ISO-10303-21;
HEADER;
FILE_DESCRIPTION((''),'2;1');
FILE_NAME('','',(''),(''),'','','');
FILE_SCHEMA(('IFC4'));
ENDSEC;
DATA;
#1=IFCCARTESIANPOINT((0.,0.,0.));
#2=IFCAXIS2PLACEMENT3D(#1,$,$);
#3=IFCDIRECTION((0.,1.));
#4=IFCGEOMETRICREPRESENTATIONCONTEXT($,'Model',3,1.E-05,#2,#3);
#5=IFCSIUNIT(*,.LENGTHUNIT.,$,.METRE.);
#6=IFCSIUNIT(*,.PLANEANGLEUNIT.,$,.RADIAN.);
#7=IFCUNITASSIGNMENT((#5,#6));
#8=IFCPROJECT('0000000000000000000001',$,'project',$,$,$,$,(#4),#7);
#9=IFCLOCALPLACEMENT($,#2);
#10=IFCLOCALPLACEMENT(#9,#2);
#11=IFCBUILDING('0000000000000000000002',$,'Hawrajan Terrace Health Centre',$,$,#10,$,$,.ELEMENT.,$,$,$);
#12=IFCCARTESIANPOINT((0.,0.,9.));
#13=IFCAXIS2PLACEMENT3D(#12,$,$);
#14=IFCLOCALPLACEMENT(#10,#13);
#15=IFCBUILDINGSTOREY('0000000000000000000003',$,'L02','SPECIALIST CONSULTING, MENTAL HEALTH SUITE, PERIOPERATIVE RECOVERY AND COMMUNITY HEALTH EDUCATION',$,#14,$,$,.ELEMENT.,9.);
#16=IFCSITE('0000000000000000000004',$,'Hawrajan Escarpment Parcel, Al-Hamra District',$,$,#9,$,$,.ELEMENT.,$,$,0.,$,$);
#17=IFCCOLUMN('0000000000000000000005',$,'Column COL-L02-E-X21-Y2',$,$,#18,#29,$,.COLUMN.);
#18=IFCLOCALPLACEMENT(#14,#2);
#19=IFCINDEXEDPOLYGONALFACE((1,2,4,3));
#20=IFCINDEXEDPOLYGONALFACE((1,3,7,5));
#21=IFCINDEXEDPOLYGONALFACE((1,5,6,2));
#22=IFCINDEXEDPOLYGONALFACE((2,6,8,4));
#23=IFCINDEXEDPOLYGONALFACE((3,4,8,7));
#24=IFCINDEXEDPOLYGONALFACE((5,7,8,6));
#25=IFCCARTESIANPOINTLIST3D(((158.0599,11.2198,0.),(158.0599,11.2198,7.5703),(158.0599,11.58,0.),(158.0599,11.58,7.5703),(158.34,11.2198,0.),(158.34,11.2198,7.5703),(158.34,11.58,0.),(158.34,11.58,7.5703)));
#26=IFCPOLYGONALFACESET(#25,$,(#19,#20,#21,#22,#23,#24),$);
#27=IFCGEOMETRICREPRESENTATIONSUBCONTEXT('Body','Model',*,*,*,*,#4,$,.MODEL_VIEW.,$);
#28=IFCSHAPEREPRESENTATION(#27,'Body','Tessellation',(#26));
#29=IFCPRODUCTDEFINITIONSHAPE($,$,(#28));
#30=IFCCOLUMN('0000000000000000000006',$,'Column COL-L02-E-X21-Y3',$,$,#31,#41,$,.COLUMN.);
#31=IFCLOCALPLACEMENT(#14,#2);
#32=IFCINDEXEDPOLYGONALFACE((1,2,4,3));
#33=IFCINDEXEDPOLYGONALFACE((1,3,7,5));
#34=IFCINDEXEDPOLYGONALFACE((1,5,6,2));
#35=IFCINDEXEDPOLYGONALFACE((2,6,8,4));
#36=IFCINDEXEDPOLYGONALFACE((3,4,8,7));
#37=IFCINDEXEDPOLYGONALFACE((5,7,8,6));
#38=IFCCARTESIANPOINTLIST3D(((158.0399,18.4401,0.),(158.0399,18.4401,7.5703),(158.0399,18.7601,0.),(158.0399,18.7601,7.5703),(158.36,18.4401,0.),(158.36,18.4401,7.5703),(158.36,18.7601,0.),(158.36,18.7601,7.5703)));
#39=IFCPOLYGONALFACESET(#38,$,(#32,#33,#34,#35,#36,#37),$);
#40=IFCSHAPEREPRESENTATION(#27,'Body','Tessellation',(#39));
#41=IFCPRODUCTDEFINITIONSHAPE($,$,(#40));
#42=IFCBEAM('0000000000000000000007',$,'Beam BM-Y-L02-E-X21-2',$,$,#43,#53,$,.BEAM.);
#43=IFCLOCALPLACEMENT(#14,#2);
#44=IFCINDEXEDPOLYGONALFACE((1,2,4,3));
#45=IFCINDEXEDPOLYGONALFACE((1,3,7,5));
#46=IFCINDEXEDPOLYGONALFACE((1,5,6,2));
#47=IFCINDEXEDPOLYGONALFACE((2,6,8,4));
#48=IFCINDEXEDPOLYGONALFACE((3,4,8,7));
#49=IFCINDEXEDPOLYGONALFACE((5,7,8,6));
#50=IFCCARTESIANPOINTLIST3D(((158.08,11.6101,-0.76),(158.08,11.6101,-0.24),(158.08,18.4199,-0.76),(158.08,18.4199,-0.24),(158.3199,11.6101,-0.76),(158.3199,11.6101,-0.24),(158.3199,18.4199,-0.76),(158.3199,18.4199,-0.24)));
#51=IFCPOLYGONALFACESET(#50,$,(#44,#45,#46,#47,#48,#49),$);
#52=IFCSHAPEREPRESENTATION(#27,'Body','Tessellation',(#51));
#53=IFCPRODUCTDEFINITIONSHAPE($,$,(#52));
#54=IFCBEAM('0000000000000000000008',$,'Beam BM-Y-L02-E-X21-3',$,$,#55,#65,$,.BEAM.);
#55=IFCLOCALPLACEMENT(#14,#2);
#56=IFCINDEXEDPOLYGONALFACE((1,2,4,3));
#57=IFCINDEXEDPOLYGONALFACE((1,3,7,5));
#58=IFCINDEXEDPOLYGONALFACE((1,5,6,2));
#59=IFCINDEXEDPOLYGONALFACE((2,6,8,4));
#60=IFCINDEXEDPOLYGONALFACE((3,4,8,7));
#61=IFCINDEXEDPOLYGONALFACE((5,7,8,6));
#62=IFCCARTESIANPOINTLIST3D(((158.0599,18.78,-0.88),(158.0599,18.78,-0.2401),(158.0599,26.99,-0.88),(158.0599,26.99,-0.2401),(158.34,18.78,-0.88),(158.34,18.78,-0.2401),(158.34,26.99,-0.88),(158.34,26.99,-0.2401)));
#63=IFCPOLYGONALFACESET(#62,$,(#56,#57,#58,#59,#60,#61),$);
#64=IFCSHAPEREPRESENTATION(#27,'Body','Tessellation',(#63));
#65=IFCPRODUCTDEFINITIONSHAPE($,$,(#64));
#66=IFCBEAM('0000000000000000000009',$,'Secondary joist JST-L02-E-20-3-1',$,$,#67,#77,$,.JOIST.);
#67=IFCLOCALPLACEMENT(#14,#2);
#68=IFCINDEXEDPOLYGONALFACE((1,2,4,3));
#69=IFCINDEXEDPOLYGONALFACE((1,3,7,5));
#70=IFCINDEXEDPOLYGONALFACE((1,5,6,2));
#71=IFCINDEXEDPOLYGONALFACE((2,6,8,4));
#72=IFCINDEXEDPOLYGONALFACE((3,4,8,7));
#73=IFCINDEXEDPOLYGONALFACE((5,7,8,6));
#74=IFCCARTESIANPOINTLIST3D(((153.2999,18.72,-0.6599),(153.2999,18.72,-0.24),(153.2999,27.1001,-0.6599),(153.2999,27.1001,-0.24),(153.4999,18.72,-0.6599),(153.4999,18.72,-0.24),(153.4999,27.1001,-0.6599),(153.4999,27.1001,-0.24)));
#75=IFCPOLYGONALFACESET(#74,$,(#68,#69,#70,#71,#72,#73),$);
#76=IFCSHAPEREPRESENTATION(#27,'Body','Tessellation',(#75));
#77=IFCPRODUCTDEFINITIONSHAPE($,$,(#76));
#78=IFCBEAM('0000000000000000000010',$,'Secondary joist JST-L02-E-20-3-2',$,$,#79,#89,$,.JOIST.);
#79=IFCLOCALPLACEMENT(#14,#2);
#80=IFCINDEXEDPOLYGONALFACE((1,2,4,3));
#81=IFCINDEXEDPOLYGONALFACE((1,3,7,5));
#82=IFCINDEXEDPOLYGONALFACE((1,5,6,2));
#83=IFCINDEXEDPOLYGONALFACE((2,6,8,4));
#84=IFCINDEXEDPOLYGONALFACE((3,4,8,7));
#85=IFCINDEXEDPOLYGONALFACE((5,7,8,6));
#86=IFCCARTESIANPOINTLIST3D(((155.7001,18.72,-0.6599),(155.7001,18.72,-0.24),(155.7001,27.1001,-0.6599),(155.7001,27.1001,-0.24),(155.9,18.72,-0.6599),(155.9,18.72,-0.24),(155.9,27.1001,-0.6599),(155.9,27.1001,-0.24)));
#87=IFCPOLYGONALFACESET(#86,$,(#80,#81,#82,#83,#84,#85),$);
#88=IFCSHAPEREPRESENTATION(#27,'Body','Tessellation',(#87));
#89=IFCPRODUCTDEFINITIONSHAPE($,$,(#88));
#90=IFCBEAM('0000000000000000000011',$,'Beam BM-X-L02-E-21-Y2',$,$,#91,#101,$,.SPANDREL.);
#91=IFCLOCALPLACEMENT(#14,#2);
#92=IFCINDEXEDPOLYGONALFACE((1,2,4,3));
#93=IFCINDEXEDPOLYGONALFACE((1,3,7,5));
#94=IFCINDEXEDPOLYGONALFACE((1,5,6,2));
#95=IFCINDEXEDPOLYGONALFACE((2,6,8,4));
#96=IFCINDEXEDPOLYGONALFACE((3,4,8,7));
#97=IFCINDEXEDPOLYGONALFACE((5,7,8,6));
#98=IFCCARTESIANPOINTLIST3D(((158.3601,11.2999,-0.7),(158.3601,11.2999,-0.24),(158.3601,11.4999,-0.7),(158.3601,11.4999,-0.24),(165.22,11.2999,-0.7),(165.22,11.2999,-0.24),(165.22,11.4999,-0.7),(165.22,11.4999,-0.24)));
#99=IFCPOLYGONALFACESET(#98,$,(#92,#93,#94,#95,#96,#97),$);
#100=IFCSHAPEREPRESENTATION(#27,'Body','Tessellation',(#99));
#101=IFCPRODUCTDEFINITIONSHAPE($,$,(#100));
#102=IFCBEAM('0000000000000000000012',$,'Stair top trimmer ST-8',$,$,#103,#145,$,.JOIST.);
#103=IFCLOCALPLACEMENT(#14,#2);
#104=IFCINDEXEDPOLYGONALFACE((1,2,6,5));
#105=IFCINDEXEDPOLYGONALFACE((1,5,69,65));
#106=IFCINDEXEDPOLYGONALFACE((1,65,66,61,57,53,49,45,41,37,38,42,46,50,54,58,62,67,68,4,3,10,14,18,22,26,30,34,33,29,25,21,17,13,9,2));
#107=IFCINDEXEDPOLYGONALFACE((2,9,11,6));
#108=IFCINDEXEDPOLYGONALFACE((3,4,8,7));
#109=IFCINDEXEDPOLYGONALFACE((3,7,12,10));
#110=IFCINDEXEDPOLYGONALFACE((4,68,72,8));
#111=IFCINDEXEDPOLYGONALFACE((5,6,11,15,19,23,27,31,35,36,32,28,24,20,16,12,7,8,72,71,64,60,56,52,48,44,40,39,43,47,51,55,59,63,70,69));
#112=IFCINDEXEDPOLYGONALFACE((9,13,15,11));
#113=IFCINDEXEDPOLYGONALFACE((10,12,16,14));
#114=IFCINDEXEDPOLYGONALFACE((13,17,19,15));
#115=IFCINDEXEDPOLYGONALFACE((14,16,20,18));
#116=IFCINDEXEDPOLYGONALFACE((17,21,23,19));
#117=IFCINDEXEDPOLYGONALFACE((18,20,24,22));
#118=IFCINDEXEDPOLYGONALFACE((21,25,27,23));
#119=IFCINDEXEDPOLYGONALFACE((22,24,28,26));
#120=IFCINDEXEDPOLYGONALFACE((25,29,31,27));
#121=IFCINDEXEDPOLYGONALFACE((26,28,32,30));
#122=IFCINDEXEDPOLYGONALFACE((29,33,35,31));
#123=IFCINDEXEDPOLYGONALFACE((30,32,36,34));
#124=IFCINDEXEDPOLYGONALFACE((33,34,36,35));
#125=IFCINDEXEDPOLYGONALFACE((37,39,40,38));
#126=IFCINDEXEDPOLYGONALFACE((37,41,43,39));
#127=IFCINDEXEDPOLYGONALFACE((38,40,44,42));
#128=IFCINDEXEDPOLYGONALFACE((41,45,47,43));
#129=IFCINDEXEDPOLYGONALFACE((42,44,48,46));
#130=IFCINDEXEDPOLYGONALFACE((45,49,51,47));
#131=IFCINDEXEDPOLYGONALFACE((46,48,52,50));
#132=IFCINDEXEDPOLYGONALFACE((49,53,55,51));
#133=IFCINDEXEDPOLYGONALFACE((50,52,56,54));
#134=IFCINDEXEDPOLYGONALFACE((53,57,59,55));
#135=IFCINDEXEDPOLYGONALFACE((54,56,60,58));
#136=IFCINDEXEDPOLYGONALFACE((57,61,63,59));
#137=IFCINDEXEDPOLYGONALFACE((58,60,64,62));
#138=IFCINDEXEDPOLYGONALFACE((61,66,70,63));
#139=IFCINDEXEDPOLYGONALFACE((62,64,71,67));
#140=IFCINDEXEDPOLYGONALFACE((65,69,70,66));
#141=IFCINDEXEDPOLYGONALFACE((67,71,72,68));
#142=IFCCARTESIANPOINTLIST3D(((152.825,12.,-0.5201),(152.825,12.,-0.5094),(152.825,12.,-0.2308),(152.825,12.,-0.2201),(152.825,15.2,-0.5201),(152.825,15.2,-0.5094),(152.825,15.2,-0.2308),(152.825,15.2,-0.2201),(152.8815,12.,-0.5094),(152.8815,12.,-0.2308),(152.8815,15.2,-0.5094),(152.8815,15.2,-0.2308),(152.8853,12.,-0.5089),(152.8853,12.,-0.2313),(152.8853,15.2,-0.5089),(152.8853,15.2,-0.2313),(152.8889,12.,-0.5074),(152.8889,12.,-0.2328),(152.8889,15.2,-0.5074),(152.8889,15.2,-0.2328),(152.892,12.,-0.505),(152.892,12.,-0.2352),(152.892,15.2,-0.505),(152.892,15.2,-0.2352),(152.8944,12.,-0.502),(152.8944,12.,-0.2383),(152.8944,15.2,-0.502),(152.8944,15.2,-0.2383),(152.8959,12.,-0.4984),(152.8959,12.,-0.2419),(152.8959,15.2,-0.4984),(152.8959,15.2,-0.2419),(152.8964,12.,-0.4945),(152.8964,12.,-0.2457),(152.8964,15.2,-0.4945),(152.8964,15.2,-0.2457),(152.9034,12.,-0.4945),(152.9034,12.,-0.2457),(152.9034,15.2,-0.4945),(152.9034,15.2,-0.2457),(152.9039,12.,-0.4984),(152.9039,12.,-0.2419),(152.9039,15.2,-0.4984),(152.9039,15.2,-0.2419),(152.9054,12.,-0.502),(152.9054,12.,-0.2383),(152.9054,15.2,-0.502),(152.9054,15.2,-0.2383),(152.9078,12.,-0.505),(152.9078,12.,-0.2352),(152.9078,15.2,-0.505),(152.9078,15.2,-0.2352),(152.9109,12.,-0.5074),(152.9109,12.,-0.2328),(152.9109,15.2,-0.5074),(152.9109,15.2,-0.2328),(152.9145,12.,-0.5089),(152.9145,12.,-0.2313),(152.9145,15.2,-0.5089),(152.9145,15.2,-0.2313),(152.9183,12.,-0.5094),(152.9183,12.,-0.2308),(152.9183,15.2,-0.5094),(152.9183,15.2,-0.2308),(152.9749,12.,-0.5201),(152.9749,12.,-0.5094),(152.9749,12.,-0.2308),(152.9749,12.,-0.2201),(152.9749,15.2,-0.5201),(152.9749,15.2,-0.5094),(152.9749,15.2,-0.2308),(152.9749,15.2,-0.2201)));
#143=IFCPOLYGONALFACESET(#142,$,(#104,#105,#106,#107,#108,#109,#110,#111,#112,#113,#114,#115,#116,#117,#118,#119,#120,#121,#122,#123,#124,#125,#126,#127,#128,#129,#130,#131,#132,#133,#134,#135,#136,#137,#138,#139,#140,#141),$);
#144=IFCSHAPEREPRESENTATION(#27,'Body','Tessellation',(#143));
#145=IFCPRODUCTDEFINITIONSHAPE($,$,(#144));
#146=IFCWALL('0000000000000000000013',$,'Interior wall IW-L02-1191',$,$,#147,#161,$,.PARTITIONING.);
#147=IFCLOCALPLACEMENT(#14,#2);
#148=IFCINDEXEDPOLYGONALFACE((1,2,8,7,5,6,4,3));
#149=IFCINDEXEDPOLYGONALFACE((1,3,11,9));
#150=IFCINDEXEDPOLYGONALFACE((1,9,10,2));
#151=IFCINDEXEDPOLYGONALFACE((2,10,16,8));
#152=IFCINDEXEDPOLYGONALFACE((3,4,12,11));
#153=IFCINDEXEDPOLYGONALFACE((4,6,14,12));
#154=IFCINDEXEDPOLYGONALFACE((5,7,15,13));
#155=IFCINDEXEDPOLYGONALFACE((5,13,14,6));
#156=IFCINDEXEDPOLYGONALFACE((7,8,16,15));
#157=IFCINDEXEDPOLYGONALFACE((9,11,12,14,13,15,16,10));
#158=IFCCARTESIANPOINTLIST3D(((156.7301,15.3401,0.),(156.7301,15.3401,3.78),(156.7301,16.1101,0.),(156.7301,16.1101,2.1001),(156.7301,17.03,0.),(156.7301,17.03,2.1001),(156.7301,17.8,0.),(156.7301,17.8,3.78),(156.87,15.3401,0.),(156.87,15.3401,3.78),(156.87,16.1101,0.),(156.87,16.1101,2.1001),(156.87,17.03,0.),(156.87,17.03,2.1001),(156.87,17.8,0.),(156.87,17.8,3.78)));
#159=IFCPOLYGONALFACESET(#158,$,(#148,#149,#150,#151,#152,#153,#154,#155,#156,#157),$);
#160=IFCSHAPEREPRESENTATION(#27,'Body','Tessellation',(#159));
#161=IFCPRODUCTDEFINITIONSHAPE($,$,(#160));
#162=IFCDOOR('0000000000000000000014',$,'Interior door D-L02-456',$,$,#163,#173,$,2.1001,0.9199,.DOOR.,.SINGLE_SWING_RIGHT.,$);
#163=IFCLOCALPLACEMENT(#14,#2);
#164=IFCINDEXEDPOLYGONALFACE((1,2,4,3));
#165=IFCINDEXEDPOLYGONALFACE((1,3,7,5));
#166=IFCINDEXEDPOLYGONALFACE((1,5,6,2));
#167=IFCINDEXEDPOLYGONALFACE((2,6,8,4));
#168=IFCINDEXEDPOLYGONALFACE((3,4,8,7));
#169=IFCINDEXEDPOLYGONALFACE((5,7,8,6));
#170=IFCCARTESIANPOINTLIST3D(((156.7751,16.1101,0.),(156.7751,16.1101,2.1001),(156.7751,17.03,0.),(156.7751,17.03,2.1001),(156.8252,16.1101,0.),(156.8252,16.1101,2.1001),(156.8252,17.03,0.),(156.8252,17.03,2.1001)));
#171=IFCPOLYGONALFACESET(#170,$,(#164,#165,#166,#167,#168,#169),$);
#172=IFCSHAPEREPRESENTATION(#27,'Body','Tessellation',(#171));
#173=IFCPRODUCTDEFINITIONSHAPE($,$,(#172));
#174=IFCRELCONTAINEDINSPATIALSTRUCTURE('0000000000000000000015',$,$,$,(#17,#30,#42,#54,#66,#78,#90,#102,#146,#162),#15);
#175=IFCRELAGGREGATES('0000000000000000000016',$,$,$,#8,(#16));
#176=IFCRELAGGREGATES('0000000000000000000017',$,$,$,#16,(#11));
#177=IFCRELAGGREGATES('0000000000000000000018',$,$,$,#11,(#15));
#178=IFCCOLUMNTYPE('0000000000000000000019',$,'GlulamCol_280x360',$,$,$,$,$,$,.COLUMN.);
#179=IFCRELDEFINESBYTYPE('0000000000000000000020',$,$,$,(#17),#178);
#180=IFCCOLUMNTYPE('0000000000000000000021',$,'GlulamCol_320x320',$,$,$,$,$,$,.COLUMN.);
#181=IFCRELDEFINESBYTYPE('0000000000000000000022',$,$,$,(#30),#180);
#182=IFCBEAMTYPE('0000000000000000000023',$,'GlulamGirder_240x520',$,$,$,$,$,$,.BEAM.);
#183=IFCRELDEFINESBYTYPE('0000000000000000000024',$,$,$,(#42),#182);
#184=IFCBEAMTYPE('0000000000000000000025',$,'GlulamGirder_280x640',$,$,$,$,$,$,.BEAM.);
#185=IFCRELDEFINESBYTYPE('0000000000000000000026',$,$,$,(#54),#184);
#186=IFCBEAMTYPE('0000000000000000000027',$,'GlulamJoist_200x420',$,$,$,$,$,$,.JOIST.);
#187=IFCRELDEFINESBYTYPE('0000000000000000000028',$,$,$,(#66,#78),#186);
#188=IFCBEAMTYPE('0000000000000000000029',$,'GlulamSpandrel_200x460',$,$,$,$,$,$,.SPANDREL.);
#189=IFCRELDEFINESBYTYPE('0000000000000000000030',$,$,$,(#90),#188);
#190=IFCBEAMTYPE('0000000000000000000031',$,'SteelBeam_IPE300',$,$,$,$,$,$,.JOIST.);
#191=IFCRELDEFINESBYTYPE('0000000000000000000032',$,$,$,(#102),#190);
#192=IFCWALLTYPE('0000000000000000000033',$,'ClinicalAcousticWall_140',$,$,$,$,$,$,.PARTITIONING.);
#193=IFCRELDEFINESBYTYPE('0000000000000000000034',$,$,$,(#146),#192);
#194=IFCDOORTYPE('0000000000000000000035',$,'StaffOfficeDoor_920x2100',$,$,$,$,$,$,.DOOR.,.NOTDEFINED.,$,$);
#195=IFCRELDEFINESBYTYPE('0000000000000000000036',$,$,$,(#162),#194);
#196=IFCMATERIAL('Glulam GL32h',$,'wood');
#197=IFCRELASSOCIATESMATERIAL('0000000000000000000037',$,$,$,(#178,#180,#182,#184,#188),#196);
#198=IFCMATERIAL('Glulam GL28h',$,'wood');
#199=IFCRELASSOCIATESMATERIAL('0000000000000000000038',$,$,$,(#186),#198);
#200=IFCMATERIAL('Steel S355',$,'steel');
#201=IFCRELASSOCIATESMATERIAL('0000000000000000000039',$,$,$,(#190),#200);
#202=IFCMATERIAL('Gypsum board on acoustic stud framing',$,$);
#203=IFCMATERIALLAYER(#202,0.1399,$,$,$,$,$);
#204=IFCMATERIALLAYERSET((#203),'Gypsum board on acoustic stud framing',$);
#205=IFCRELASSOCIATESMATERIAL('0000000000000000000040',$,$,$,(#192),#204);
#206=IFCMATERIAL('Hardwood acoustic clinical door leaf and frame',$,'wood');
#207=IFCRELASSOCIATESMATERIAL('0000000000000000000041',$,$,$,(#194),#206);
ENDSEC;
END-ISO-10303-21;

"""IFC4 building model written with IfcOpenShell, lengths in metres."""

from ifc_helpers import new_model, si_unit, direction, frame, frame_2d, origin, origin_2d, place, context, subcontext, project, spatial, rectangle, i_section, extrude, material, layer, layer_set, material_profile, profile_set, type_object, element, fill, save


model = new_model("IFC4")

# Units and contexts
model_context = context("Model", 3, precision=1e-05, world=origin(), true_north=direction((0.0, 1.0)))
body_context = subcontext(model_context, "Body", "Model", "MODEL_VIEW")
ifc_project = project(units=[si_unit("LENGTHUNIT", "METRE"), si_unit("PLANEANGLEUNIT", "RADIAN")], contexts=[model_context])

# Site, building, storey
site_placement = place(None, origin())
site = spatial("IfcSite", under=ifc_project, at=site_placement, Name="Hawrajan Escarpment Parcel, Al-Hamra District", CompositionType="ELEMENT", RefElevation=0.0)
building_placement = place(site_placement, origin())
building = spatial("IfcBuilding", under=site, at=building_placement, Name="Hawrajan Terrace Health Centre", CompositionType="ELEMENT")
storey_placement = place(building_placement, frame((0.0, 0.0, 9.0)))
storey = spatial("IfcBuildingStorey", under=building, at=storey_placement, Name="L02", Description="SPECIALIST CONSULTING, MENTAL HEALTH SUITE, PERIOPERATIVE RECOVERY AND COMMUNITY HEALTH EDUCATION", CompositionType="ELEMENT", Elevation=9.0)

# Columns
ifc_material_1 = material(Name="Glulam GL32h", Category="wood")
ifc_material_profile_1 = material_profile(ifc_material_1, rectangle(XDim=0.28, YDim=0.3601, at=origin_2d()), Name="GL 280x360")
ifc_profile_set_1 = profile_set([ifc_material_profile_1], Name="Glulam GL32h")
column_type_1 = type_object("IfcColumnType", Name="GlulamCol_280x360", PredefinedType="COLUMN", material=ifc_profile_set_1)
column_1_placement = place(storey_placement, frame((158.2, 11.3999, 0.0), z_axis=(0.0, 0.0, 1.0), x_axis=(1.0, 0.0, 0.0)))
element("IfcColumn", 1, at=column_1_placement, inside=storey, type_object=column_type_1, Name="Column COL-L02-E-X21-Y2", PredefinedType="COLUMN", context=body_context, shape_type="SweptSolid", body=[
    extrude(rectangle(XDim=0.28, YDim=0.3601, at=origin_2d()), origin(), (0.0, 0.0, 1.0), 7.5703),
])
ifc_material_profile_2 = material_profile(ifc_material_1, rectangle(XDim=0.3201, YDim=0.3201, at=origin_2d()), Name="GL 320x320")
ifc_profile_set_2 = profile_set([ifc_material_profile_2], Name="Glulam GL32h")
column_type_2 = type_object("IfcColumnType", Name="GlulamCol_320x320", PredefinedType="COLUMN", material=ifc_profile_set_2)
column_2_placement = place(storey_placement, frame((158.2, 18.6001, 0.0), z_axis=(0.0, 0.0, 1.0), x_axis=(1.0, 0.0, 0.0)))
element("IfcColumn", 2, at=column_2_placement, inside=storey, type_object=column_type_2, Name="Column COL-L02-E-X21-Y3", PredefinedType="COLUMN", context=body_context, shape_type="SweptSolid", body=[
    extrude(rectangle(XDim=0.3201, YDim=0.3201, at=origin_2d()), origin(), (0.0, 0.0, 1.0), 7.5703),
])

# Beams
ifc_material_profile_3 = material_profile(ifc_material_1, rectangle(XDim=0.24, YDim=0.52, at=origin_2d()), Name="GL BM 240x520")
ifc_profile_set_3 = profile_set([ifc_material_profile_3], Name="Glulam GL32h")
beam_type_1 = type_object("IfcBeamType", Name="GlulamGirder_240x520", PredefinedType="BEAM", material=ifc_profile_set_3)
beam_1_placement = place(storey_placement, frame((158.2, 11.6101, -0.5), z_axis=(0.0, 1.0, 0.0), x_axis=(-1.0, 0.0, 0.0)))
element("IfcBeam", 3, at=beam_1_placement, inside=storey, type_object=beam_type_1, Name="Beam BM-Y-L02-E-X21-2", PredefinedType="BEAM", context=body_context, shape_type="SweptSolid", body=[
    extrude(rectangle(XDim=0.24, YDim=0.52, at=origin_2d()), origin(), (0.0, 0.0, 1.0), 6.8098),
])
ifc_material_profile_4 = material_profile(ifc_material_1, rectangle(XDim=0.28, YDim=0.6399, at=origin_2d()), Name="GL BM 280x640")
ifc_profile_set_4 = profile_set([ifc_material_profile_4], Name="Glulam GL32h")
beam_type_2 = type_object("IfcBeamType", Name="GlulamGirder_280x640", PredefinedType="BEAM", material=ifc_profile_set_4)
beam_2_placement = place(storey_placement, frame((158.2, 18.78, -0.5601), z_axis=(0.0, 1.0, 0.0), x_axis=(-1.0, 0.0, 0.0)))
element("IfcBeam", 4, at=beam_2_placement, inside=storey, type_object=beam_type_2, Name="Beam BM-Y-L02-E-X21-3", PredefinedType="BEAM", context=body_context, shape_type="SweptSolid", body=[
    extrude(rectangle(XDim=0.28, YDim=0.6399, at=origin_2d()), origin(), (0.0, 0.0, 1.0), 8.21),
])
ifc_material_2 = material(Name="Glulam GL28h", Category="wood")
ifc_material_profile_5 = material_profile(ifc_material_2, rectangle(XDim=0.2, YDim=0.4199, at=origin_2d()), Name="GL JST 200x420")
ifc_profile_set_5 = profile_set([ifc_material_profile_5], Name="Glulam GL28h")
beam_type_3 = type_object("IfcBeamType", Name="GlulamJoist_200x420", PredefinedType="JOIST", material=ifc_profile_set_5)
for number, where, z_axis, x_axis, name in (
    (5, (153.3999, 18.72, -0.45), (0.0, 1.0, 0.0), (-1.0, 0.0, 0.0), "Secondary joist JST-L02-E-20-3-1"),
    (6, (155.8, 18.72, -0.45), (0.0, 1.0, 0.0), (-1.0, 0.0, 0.0), "Secondary joist JST-L02-E-20-3-2"),
):
    element("IfcBeam", number, at=place(storey_placement, frame(where, z_axis=z_axis, x_axis=x_axis)), inside=storey, type_object=beam_type_3, Name=name, PredefinedType="JOIST", context=body_context, shape_type="SweptSolid", body=[
        extrude(rectangle(XDim=0.2, YDim=0.4199, at=origin_2d()), origin(), (0.0, 0.0, 1.0), 8.3801),
    ])
ifc_material_profile_6 = material_profile(ifc_material_1, rectangle(XDim=0.2, YDim=0.46, at=origin_2d()), Name="GL SP 200x460")
ifc_profile_set_6 = profile_set([ifc_material_profile_6], Name="Glulam GL32h")
beam_type_4 = type_object("IfcBeamType", Name="GlulamSpandrel_200x460", PredefinedType="SPANDREL", material=ifc_profile_set_6)
beam_3_placement = place(storey_placement, frame((158.3601, 11.3999, -0.47), z_axis=(1.0, 0.0, 0.0), x_axis=(0.0, 1.0, 0.0)))
element("IfcBeam", 7, at=beam_3_placement, inside=storey, type_object=beam_type_4, Name="Beam BM-X-L02-E-21-Y2", PredefinedType="SPANDREL", context=body_context, shape_type="SweptSolid", body=[
    extrude(rectangle(XDim=0.2, YDim=0.46, at=origin_2d()), origin(), (0.0, 0.0, 1.0), 6.8599),
])
ifc_material_3 = material(Name="Steel S355", Category="steel")
ifc_material_profile_7 = material_profile(ifc_material_3, i_section(OverallWidth=0.1499, OverallDepth=0.3, WebThickness=0.0071, FlangeThickness=0.0107, FilletRadius=0.0149, at=origin_2d()), Name="IPE 300")
ifc_profile_set_7 = profile_set([ifc_material_profile_7], Name="Steel S355")
beam_type_5 = type_object("IfcBeamType", Name="SteelBeam_IPE300", PredefinedType="JOIST", material=ifc_profile_set_7)
beam_4_placement = place(storey_placement, frame((152.8999, 12.0, -0.3701), z_axis=(0.0, 1.0, 0.0), x_axis=(-1.0, 0.0, 0.0)))
element("IfcBeam", 8, at=beam_4_placement, inside=storey, type_object=beam_type_5, Name="Stair top trimmer ST-8", PredefinedType="JOIST", context=body_context, shape_type="SweptSolid", body=[
    extrude(i_section(OverallWidth=0.1499, OverallDepth=0.3, WebThickness=0.0071, FlangeThickness=0.0107, FilletRadius=0.0149, at=origin_2d()), origin(), (0.0, 0.0, 1.0), 3.2),
])

# Wall, opening, door
ifc_material_4 = material(Name="Gypsum board on acoustic stud framing")
ifc_layer_1 = layer(ifc_material_4, 0.1399)
ifc_layer_set_1 = layer_set([ifc_layer_1], Name="Gypsum board on acoustic stud framing")
wall_type_1 = type_object("IfcWallType", Name="ClinicalAcousticWall_140", PredefinedType="PARTITIONING", material=ifc_layer_set_1)
wall_1_placement = place(storey_placement, frame((156.8, 15.3401, 0.0), z_axis=(0.0, 0.0, 1.0), x_axis=(0.0, 1.0, 0.0)))
wall_1 = element("IfcWall", 9, at=wall_1_placement, inside=storey, type_object=wall_type_1, Name="Interior wall IW-L02-1191", PredefinedType="PARTITIONING", context=body_context, shape_type="SweptSolid", body=[
    extrude(rectangle(XDim=2.46, YDim=0.1399, at=frame_2d((1.23, 0.0))), origin(), (0.0, 0.0, 1.0), 3.78),
])
opening_1_placement = place(wall_1_placement, frame((0.77, 0.0, 0.0)))
opening_1 = element("IfcOpeningElement", 10, at=opening_1_placement, cuts=wall_1, PredefinedType="OPENING", context=body_context, shape_type="SweptSolid", body=[
    extrude(rectangle(XDim=0.9199, YDim=2.1001, at=frame_2d((0.46, 1.05))), frame((0.0, 0.0798, 0.0), z_axis=(0.0, -1.0, 0.0), x_axis=(1.0, 0.0, 0.0)), (0.0, 0.0, 1.0), 0.1599),
])
ifc_material_5 = material(Name="Hardwood acoustic clinical door leaf and frame", Category="wood")
door_type_1 = type_object("IfcDoorType", Name="StaffOfficeDoor_920x2100", OperationType="NOTDEFINED", PredefinedType="DOOR", material=ifc_material_5)
door_1_placement = place(opening_1_placement, origin())
door_1 = element("IfcDoor", 11, at=door_1_placement, inside=storey, type_object=door_type_1, Name="Interior door D-L02-456", OperationType="SINGLE_SWING_RIGHT", OverallHeight=2.1001, OverallWidth=0.9199, PredefinedType="DOOR", context=body_context, shape_type="SweptSolid", body=[
    extrude(rectangle(XDim=0.9199, YDim=2.1001, at=frame_2d((0.46, 1.05))), frame((0.0, 0.0249, 0.0), z_axis=(0.0, -1.0, 0.0), x_axis=(1.0, 0.0, 0.0)), (0.0, 0.0, 1.0), 0.05),
])
fill(opening_1, door_1)

save(model, "model.ifc")
